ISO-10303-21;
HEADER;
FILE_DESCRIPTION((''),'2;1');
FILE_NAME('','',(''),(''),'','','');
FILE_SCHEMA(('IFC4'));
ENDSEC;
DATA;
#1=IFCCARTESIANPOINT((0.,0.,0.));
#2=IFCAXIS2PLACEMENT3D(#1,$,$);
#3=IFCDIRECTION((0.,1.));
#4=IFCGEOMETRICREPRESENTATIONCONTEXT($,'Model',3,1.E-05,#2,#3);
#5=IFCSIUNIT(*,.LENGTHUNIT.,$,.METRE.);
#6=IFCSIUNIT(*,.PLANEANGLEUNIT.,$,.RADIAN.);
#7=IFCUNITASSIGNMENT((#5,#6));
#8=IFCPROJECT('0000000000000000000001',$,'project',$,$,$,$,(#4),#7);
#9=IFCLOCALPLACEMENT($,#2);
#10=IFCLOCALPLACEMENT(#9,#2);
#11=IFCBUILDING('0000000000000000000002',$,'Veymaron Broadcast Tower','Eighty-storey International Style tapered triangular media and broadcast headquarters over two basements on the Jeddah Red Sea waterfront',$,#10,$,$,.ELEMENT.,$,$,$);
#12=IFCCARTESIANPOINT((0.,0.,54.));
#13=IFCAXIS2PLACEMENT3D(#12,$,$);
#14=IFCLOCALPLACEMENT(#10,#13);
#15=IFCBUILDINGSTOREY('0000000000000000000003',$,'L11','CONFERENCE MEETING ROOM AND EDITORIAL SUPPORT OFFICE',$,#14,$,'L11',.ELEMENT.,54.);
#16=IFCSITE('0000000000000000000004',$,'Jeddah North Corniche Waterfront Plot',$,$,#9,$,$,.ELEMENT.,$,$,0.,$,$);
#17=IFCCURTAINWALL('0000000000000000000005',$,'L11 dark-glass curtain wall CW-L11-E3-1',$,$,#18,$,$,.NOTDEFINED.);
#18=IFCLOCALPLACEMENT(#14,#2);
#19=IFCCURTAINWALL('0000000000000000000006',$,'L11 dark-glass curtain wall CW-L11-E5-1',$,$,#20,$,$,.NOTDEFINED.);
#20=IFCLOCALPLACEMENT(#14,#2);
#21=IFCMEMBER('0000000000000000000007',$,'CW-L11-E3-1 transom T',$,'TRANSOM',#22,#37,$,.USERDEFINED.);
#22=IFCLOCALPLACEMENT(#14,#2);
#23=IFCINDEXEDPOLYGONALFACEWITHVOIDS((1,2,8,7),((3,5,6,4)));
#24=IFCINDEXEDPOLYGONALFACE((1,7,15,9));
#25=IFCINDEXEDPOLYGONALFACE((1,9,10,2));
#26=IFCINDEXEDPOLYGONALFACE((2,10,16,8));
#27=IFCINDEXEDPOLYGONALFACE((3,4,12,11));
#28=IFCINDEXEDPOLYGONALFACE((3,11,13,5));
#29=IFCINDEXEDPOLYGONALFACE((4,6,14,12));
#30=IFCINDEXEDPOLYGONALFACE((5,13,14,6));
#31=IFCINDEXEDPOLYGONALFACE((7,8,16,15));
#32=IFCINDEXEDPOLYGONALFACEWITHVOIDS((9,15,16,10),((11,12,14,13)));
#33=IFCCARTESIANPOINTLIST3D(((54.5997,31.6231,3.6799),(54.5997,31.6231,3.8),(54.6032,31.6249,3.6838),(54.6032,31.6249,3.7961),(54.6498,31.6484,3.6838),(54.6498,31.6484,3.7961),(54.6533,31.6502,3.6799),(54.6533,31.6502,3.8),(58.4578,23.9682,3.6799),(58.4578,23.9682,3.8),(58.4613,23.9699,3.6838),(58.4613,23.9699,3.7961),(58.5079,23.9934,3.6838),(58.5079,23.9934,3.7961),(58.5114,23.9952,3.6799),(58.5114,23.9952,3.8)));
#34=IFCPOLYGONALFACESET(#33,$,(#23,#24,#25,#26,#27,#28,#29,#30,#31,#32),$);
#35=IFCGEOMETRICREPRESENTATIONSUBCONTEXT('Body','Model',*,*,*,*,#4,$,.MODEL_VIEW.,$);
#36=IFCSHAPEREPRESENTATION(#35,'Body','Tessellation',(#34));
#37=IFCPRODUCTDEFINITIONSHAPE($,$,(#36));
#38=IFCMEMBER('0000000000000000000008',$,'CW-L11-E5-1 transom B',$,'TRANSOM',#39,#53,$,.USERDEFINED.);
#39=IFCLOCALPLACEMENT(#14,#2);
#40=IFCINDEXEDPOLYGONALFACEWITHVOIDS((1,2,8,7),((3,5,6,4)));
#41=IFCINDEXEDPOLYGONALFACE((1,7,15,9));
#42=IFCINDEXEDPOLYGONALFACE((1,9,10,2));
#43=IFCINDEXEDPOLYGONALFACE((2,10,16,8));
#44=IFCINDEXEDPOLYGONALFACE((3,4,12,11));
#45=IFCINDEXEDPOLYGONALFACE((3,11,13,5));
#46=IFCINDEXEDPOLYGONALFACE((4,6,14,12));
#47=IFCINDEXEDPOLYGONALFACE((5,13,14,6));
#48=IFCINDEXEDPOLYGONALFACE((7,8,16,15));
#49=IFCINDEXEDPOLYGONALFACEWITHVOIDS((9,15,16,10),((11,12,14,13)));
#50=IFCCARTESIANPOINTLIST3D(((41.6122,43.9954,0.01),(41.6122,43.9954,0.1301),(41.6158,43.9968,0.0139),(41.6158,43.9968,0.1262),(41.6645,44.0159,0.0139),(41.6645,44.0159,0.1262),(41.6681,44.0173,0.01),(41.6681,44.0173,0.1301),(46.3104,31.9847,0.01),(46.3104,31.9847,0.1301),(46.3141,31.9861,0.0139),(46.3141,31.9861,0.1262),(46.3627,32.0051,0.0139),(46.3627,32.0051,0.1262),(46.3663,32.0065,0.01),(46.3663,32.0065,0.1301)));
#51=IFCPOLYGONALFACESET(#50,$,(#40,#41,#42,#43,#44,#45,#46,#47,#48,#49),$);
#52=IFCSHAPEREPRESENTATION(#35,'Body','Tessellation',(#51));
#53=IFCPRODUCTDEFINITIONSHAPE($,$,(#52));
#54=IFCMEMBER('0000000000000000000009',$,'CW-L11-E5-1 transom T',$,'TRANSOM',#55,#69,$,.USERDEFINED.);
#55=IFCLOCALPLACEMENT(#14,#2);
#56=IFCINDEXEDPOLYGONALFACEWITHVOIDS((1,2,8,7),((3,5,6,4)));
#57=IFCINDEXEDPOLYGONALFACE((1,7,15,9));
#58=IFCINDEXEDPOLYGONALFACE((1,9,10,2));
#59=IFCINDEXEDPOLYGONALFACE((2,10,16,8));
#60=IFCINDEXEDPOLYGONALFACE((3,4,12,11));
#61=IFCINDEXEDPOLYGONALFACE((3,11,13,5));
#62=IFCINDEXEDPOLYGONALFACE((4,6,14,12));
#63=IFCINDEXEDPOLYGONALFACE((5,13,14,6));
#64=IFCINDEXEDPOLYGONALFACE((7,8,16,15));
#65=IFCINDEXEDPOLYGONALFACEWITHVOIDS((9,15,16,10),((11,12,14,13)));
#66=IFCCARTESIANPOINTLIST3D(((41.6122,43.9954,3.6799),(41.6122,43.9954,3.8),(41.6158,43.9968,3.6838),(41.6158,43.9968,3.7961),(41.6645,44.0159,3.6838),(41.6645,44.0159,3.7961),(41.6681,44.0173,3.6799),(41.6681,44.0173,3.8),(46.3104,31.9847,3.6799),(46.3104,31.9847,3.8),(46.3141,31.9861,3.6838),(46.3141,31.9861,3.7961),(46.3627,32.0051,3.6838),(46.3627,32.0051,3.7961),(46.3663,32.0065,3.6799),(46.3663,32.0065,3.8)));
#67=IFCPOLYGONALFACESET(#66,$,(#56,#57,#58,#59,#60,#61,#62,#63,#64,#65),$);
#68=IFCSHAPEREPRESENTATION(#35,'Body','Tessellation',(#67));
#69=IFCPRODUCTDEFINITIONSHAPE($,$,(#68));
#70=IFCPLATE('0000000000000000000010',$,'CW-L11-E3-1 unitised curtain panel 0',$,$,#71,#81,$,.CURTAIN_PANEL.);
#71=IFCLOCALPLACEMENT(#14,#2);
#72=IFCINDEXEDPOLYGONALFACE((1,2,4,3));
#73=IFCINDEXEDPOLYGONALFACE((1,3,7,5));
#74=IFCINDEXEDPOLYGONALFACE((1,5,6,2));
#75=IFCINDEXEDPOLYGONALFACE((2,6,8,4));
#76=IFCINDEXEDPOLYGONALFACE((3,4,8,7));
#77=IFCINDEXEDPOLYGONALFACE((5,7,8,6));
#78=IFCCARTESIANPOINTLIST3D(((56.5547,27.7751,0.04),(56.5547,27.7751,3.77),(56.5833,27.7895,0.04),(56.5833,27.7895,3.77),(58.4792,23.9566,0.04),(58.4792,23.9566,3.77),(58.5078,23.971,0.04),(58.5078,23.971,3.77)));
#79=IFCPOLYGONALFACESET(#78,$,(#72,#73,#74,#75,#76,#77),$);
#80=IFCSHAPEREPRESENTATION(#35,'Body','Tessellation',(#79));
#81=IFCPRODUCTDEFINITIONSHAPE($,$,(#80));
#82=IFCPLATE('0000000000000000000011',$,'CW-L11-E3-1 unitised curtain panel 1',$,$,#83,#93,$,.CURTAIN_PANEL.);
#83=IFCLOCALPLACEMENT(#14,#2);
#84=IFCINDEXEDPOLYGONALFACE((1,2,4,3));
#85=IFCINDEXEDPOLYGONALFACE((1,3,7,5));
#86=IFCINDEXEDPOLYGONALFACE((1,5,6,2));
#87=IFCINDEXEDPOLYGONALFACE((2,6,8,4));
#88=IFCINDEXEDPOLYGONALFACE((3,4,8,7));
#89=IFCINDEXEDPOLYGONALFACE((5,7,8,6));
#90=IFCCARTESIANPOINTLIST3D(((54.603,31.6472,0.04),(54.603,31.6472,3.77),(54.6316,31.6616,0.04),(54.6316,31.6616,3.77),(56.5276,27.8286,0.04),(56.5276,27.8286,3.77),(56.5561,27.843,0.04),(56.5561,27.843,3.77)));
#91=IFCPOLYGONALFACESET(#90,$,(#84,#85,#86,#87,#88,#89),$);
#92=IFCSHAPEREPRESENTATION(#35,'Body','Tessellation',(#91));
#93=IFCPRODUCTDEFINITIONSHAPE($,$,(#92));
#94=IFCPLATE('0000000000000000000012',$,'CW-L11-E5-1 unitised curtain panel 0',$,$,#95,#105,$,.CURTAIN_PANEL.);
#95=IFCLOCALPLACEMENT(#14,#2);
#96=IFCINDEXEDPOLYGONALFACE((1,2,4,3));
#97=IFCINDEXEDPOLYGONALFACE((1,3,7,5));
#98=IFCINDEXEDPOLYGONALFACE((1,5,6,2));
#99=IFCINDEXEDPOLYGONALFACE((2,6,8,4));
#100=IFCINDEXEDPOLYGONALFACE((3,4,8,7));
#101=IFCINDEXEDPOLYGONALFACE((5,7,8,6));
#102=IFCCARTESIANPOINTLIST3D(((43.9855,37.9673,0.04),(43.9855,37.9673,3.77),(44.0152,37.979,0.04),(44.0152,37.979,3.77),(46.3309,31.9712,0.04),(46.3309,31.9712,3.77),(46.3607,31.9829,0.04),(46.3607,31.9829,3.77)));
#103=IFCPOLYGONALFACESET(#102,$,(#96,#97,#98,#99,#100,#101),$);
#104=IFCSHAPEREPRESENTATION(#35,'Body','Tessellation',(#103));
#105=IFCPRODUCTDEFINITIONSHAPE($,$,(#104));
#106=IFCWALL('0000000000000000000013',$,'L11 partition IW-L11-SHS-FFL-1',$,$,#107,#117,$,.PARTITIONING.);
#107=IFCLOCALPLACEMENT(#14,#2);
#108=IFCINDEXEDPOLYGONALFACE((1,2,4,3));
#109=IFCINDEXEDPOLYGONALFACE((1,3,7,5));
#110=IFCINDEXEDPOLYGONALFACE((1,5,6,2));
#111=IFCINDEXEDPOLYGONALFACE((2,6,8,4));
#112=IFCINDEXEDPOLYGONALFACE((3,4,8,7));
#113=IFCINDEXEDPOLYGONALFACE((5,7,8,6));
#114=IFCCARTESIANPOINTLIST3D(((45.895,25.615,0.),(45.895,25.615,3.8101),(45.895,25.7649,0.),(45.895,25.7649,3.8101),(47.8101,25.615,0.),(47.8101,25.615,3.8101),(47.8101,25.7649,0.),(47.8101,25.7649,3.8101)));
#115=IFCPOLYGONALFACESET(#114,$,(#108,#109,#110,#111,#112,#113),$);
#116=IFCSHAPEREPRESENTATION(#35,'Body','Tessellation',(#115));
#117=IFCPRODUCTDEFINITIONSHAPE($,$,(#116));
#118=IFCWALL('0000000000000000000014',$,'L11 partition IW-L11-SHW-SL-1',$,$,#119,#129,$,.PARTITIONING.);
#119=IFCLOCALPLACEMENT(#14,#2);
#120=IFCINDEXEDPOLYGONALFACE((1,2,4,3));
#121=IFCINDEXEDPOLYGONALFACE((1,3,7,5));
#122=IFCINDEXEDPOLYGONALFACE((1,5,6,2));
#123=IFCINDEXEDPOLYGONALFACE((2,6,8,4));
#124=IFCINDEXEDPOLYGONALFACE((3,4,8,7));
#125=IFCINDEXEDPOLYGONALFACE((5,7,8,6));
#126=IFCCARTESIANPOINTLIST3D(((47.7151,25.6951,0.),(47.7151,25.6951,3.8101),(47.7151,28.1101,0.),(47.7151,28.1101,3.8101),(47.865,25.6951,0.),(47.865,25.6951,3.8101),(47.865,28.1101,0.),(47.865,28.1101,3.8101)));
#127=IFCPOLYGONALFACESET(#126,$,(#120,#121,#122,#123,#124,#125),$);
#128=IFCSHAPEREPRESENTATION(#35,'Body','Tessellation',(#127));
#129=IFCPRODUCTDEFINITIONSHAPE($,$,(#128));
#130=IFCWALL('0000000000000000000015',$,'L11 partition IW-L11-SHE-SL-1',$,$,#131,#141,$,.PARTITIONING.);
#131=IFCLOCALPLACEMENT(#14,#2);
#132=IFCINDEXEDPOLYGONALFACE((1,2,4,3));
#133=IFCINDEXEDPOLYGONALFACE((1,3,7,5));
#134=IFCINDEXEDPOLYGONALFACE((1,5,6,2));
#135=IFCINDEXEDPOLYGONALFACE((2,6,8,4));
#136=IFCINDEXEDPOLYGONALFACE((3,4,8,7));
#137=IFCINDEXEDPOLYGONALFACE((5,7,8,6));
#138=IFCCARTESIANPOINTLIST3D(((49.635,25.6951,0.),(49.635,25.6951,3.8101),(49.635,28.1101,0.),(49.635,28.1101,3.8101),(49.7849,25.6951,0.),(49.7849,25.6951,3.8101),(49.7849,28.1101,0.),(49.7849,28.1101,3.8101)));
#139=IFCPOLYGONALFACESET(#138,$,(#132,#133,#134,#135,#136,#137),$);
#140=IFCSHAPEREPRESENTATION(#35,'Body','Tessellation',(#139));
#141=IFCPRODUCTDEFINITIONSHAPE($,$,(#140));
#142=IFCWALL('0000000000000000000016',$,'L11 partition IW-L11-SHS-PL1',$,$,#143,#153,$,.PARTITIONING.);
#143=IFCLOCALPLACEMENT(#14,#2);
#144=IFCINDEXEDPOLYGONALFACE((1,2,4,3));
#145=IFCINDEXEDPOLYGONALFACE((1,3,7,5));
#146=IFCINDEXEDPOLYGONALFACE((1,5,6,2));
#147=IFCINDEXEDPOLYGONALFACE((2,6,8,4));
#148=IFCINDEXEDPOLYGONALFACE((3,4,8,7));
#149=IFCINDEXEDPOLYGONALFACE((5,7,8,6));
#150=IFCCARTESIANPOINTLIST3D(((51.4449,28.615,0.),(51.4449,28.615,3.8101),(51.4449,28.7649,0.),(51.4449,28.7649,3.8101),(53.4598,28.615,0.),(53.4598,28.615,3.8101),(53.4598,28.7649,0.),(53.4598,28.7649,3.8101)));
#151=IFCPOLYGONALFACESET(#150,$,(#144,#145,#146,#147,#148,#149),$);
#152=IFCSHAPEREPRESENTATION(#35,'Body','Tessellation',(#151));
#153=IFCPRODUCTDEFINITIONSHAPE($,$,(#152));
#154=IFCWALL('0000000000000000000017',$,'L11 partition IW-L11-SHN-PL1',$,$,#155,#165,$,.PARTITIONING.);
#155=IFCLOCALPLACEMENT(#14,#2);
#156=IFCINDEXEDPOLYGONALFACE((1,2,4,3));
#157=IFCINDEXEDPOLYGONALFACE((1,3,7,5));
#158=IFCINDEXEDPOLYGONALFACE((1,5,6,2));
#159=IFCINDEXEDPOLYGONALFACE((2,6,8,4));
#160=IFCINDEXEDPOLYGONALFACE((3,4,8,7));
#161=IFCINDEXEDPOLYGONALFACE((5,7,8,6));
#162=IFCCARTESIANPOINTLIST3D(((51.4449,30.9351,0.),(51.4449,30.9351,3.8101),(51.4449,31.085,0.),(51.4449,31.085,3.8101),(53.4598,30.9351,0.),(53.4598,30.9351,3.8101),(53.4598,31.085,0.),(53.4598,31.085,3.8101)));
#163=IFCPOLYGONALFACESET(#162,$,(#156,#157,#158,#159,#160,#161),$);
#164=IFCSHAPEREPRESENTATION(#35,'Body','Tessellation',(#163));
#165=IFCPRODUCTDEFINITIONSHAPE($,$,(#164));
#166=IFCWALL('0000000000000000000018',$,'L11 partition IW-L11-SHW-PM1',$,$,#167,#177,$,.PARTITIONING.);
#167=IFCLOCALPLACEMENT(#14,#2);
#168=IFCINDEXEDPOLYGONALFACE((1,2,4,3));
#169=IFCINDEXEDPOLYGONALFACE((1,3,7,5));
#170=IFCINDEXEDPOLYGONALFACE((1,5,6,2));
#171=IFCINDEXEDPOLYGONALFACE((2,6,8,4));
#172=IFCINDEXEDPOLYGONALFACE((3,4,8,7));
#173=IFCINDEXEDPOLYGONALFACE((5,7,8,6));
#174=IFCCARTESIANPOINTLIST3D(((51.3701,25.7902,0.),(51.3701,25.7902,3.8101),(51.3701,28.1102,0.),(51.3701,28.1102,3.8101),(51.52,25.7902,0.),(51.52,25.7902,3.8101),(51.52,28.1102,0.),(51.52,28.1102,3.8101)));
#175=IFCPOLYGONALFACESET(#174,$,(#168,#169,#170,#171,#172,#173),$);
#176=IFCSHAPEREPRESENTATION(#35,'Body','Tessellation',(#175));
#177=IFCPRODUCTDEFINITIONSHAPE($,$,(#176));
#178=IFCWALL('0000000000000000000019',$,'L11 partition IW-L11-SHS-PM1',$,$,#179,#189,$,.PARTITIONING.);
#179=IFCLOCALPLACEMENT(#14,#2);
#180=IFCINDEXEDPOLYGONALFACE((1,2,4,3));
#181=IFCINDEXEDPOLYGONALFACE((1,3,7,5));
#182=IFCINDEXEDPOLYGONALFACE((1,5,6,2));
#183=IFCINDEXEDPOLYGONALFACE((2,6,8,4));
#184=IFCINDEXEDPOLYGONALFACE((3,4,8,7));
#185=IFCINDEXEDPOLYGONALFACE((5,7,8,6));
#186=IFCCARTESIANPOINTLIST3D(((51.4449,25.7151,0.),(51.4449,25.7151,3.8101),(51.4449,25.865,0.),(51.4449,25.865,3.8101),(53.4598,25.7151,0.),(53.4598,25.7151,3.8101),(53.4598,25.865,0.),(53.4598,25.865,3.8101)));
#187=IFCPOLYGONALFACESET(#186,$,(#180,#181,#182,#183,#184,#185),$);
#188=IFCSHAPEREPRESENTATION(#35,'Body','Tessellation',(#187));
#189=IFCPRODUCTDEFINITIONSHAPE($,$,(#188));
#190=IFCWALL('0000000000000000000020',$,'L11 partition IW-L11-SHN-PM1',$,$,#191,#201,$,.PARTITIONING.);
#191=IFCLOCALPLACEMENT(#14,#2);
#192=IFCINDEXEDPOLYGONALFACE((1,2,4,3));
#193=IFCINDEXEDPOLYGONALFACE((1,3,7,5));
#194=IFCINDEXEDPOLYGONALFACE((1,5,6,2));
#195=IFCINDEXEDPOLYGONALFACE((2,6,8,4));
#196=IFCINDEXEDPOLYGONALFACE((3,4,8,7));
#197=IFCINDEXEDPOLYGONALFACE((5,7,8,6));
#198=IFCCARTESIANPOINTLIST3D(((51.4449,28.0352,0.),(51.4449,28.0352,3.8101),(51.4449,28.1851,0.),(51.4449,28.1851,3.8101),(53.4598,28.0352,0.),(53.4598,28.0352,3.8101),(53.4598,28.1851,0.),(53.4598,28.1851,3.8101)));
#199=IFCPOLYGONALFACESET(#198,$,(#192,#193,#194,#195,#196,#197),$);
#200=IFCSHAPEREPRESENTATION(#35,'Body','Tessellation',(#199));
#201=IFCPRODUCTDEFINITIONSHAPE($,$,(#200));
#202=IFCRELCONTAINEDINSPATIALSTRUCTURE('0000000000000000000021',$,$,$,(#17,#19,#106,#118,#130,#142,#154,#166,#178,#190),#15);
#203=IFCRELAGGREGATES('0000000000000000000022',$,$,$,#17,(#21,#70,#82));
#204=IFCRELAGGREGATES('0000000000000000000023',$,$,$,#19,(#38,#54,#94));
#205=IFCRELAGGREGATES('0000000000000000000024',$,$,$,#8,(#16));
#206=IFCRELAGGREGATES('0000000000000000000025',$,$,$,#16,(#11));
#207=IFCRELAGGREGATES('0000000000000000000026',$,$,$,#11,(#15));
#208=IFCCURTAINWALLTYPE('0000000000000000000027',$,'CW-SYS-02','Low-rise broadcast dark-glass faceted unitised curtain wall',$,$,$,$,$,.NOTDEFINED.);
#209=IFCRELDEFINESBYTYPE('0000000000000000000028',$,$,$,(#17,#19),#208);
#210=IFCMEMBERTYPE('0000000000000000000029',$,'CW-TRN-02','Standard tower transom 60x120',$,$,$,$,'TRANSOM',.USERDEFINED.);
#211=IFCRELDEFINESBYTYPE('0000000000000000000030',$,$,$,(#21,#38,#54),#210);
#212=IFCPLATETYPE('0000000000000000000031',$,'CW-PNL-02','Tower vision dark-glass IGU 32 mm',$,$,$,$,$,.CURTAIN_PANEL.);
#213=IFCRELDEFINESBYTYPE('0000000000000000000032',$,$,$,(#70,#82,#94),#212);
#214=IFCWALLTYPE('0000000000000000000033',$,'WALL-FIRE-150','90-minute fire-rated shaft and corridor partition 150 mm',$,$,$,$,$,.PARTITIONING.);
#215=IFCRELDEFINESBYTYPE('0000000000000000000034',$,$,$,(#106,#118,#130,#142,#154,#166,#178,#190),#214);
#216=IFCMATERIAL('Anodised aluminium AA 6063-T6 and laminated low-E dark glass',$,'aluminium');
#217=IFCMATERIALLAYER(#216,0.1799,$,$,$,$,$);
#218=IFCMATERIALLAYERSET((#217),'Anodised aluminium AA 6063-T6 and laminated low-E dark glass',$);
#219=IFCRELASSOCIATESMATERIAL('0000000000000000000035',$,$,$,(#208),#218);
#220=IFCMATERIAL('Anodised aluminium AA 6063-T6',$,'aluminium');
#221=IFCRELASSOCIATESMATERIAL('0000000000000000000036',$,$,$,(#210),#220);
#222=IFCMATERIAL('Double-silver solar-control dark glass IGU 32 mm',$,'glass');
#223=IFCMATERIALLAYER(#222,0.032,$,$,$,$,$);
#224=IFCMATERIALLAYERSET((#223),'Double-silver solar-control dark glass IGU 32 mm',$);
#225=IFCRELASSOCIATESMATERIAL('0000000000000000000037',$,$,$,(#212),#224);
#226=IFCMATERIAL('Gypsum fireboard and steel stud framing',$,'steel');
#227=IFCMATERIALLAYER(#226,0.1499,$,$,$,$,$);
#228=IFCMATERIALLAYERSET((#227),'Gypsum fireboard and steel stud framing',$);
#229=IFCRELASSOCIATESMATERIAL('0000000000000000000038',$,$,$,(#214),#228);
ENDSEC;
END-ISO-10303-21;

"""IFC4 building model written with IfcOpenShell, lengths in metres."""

from ifc_helpers import new_model, si_unit, direction, frame, frame_2d, origin, origin_2d, place, context, subcontext, project, spatial, rectangle, hollow_rectangle, extrude, material, layer, layer_set, material_profile, profile_set, type_object, element, aggregate, save


model = new_model("IFC4")

# Units and contexts
model_context = context("Model", 3, precision=1e-05, world=origin(), true_north=direction((0.0, 1.0)))
body_context = subcontext(model_context, "Body", "Model", "MODEL_VIEW")
ifc_project = project(units=[si_unit("LENGTHUNIT", "METRE"), si_unit("PLANEANGLEUNIT", "RADIAN")], contexts=[model_context])

# Site, building, storey
site_placement = place(None, origin())
site = spatial("IfcSite", under=ifc_project, at=site_placement, Name="Jeddah North Corniche Waterfront Plot", CompositionType="ELEMENT", RefElevation=0.0)
building_placement = place(site_placement, origin())
building = spatial("IfcBuilding", under=site, at=building_placement, Name="Veymaron Broadcast Tower", Description="Eighty-storey International Style tapered triangular media and broadcast headquarters over two basements on the Jeddah Red Sea waterfront", CompositionType="ELEMENT")
storey_placement = place(building_placement, frame((0.0, 0.0, 54.0)))
storey = spatial("IfcBuildingStorey", under=building, at=storey_placement, Name="L11", Description="CONFERENCE MEETING ROOM AND EDITORIAL SUPPORT OFFICE", LongName="L11", CompositionType="ELEMENT", Elevation=54.0)

# Shared definitions
ifc_material_1 = material(Name="Anodised aluminium AA 6063-T6 and laminated low-E dark glass", Category="aluminium")
ifc_layer_1 = layer(ifc_material_1, 0.1799)
ifc_layer_set_1 = layer_set([ifc_layer_1], Name="Anodised aluminium AA 6063-T6 and laminated low-E dark glass")
curtain_wall_type = type_object("IfcCurtainWallType", Name="CW-SYS-02", Description="Low-rise broadcast dark-glass faceted unitised curtain wall", PredefinedType="NOTDEFINED", material=ifc_layer_set_1)
ifc_material_2 = material(Name="Anodised aluminium AA 6063-T6", Category="aluminium")

# Curtain wall
curtain_wall_1_placement = place(storey_placement, origin())
curtain_wall_1 = element("IfcCurtainWall", 1, at=curtain_wall_1_placement, inside=storey, type_object=curtain_wall_type, Name="L11 dark-glass curtain wall CW-L11-E3-1", PredefinedType="NOTDEFINED")

# Curtain wall
curtain_wall_2_placement = place(storey_placement, origin())
curtain_wall_2 = element("IfcCurtainWall", 2, at=curtain_wall_2_placement, inside=storey, type_object=curtain_wall_type, Name="L11 dark-glass curtain wall CW-L11-E5-1", PredefinedType="NOTDEFINED")

# Members
ifc_material_profile_1 = material_profile(ifc_material_2, hollow_rectangle(XDim=0.0601, YDim=0.1201, WallThickness=0.0039, at=origin_2d()), Name="AL120X60X4")
ifc_profile_set_1 = profile_set([ifc_material_profile_1], Name="Anodised aluminium AA 6063-T6")
member_type_1 = type_object("IfcMemberType", Name="CW-TRN-02", Description="Standard tower transom 60x120", ElementType="TRANSOM", PredefinedType="USERDEFINED", material=ifc_profile_set_1)
member_1_placement = place(storey_placement, frame((58.4846, 23.9817, 3.74), z_axis=(-0.450071, 0.892993, 0.0), x_axis=(-0.892993, -0.450071, 0.0)))
member_1 = element("IfcMember", 3, at=member_1_placement, type_object=member_type_1, Name="CW-L11-E3-1 transom T", ObjectType="TRANSOM", PredefinedType="USERDEFINED", context=body_context, shape_type="SweptSolid", body=[
    extrude(hollow_rectangle(XDim=0.0601, YDim=0.1201, WallThickness=0.0039, at=origin_2d()), origin(), (0.0, 0.0, 1.0), 8.5723),
])
member_2_placement = place(storey_placement, frame((46.3384, 31.9956, 0.0701), z_axis=(-0.364291, 0.931285, 0.0), x_axis=(-0.931285, -0.364291, 0.0)))
member_2 = element("IfcMember", 4, at=member_2_placement, type_object=member_type_1, Name="CW-L11-E5-1 transom B", ObjectType="TRANSOM", PredefinedType="USERDEFINED", context=body_context, shape_type="SweptSolid", body=[
    extrude(hollow_rectangle(XDim=0.0601, YDim=0.1201, WallThickness=0.0039, at=origin_2d()), origin(), (0.0, 0.0, 1.0), 12.897),
])
member_3_placement = place(storey_placement, frame((46.3384, 31.9956, 3.74), z_axis=(-0.364291, 0.931285, 0.0), x_axis=(-0.931285, -0.364291, 0.0)))
member_3 = element("IfcMember", 5, at=member_3_placement, type_object=member_type_1, Name="CW-L11-E5-1 transom T", ObjectType="TRANSOM", PredefinedType="USERDEFINED", context=body_context, shape_type="SweptSolid", body=[
    extrude(hollow_rectangle(XDim=0.0601, YDim=0.1201, WallThickness=0.0039, at=origin_2d()), origin(), (0.0, 0.0, 1.0), 12.897),
])

# Plates
ifc_material_3 = material(Name="Double-silver solar-control dark glass IGU 32 mm", Category="glass")
ifc_layer_2 = layer(ifc_material_3, 0.032)
ifc_layer_set_2 = layer_set([ifc_layer_2], Name="Double-silver solar-control dark glass IGU 32 mm")
plate_type = type_object("IfcPlateType", Name="CW-PNL-02", Description="Tower vision dark-glass IGU 32 mm", PredefinedType="CURTAIN_PANEL", material=ifc_layer_set_2)
plate_1_placement = place(storey_placement, frame((57.5312, 25.873, 0.04), z_axis=(0.0, 0.0, 1.0), x_axis=(-0.450067, 0.892995, 0.0)))
plate_1 = element("IfcPlate", 6, at=plate_1_placement, type_object=plate_type, Name="CW-L11-E3-1 unitised curtain panel 0", PredefinedType="CURTAIN_PANEL", context=body_context, shape_type="SweptSolid", body=[
    extrude(rectangle(XDim=4.2761, YDim=0.032, at=origin_2d()), origin(), (0.0, 0.0, 1.0), 3.73),
])
plate_2_placement = place(storey_placement, frame((55.5796, 29.7451, 0.04), z_axis=(0.0, 0.0, 1.0), x_axis=(-0.450067, 0.892995, 0.0)))
plate_2 = element("IfcPlate", 7, at=plate_2_placement, type_object=plate_type, Name="CW-L11-E3-1 unitised curtain panel 1", PredefinedType="CURTAIN_PANEL", context=body_context, shape_type="SweptSolid", body=[
    extrude(rectangle(XDim=4.2761, YDim=0.032, at=origin_2d()), origin(), (0.0, 0.0, 1.0), 3.73),
])
aggregate(curtain_wall_1, [member_1, plate_1, plate_2])
plate_3_placement = place(storey_placement, frame((45.1731, 34.9751, 0.04), z_axis=(0.0, 0.0, 1.0), x_axis=(-0.364292, 0.931285, 0.0)))
plate_3 = element("IfcPlate", 8, at=plate_3_placement, type_object=plate_type, Name="CW-L11-E5-1 unitised curtain panel 0", PredefinedType="CURTAIN_PANEL", context=body_context, shape_type="SweptSolid", body=[
    extrude(rectangle(XDim=6.4385, YDim=0.032, at=origin_2d()), origin(), (0.0, 0.0, 1.0), 3.73),
])
aggregate(curtain_wall_2, [member_2, member_3, plate_3])

# Shared definitions
ifc_material_4 = material(Name="Gypsum fireboard and steel stud framing", Category="steel")
ifc_layer_3 = layer(ifc_material_4, 0.1499)
ifc_layer_set_3 = layer_set([ifc_layer_3], Name="Gypsum fireboard and steel stud framing")
wall_type_1 = type_object("IfcWallType", Name="WALL-FIRE-150", Description="90-minute fire-rated shaft and corridor partition 150 mm", PredefinedType="PARTITIONING", material=ifc_layer_set_3)

# Wall
wall_1_placement = place(storey_placement, frame((45.895, 25.6899, 0.0), z_axis=(0.0, 0.0, 1.0), x_axis=(1.0, 0.0, 0.0)))
element("IfcWall", 9, at=wall_1_placement, inside=storey, type_object=wall_type_1, Name="L11 partition IW-L11-SHS-FFL-1", PredefinedType="PARTITIONING", context=body_context, shape_type="SweptSolid", body=[
    extrude(rectangle(XDim=1.915, YDim=0.1499, at=frame_2d((0.9575, 0.0))), origin(), (0.0, 0.0, 1.0), 3.8101),
])

# Walls
for number, where, z_axis, x_axis, name in (
    (10, (47.79, 25.6951, 0.0), (0.0, 0.0, 1.0), (0.0, 1.0, 0.0), "L11 partition IW-L11-SHW-SL-1"),
    (11, (49.71, 25.6951, 0.0), (0.0, 0.0, 1.0), (0.0, 1.0, 0.0), "L11 partition IW-L11-SHE-SL-1"),
):
    element("IfcWall", number, at=place(storey_placement, frame(where, z_axis=z_axis, x_axis=x_axis)), inside=storey, type_object=wall_type_1, Name=name, PredefinedType="PARTITIONING", context=body_context, shape_type="SweptSolid", body=[
        extrude(rectangle(XDim=2.415, YDim=0.1499, at=frame_2d((1.2075, 0.0))), origin(), (0.0, 0.0, 1.0), 3.8101),
    ])

# Walls
for number, where, z_axis, x_axis, name in (
    (12, (51.4451, 28.6899, 0.0), (0.0, 0.0, 1.0), (1.0, 0.0, 0.0), "L11 partition IW-L11-SHS-PL1"),
    (13, (51.4451, 31.01, 0.0), (0.0, 0.0, 1.0), (1.0, 0.0, 0.0), "L11 partition IW-L11-SHN-PL1"),
):
    element("IfcWall", number, at=place(storey_placement, frame(where, z_axis=z_axis, x_axis=x_axis)), inside=storey, type_object=wall_type_1, Name=name, PredefinedType="PARTITIONING", context=body_context, shape_type="SweptSolid", body=[
        extrude(rectangle(XDim=2.0149, YDim=0.1499, at=frame_2d((1.0073, 0.0))), origin(), (0.0, 0.0, 1.0), 3.8101),
    ])
wall_2_placement = place(storey_placement, frame((51.4451, 25.79, 0.0), z_axis=(0.0, 0.0, 1.0), x_axis=(0.0, 1.0, 0.0)))
element("IfcWall", 14, at=wall_2_placement, inside=storey, type_object=wall_type_1, Name="L11 partition IW-L11-SHW-PM1", PredefinedType="PARTITIONING", context=body_context, shape_type="SweptSolid", body=[
    extrude(rectangle(XDim=2.3201, YDim=0.1499, at=frame_2d((1.1602, 0.0))), origin(), (0.0, 0.0, 1.0), 3.8101),
])
for number, where, z_axis, x_axis, name in (
    (15, (51.4451, 25.79, 0.0), (0.0, 0.0, 1.0), (1.0, 0.0, 0.0), "L11 partition IW-L11-SHS-PM1"),
    (16, (51.4451, 28.1101, 0.0), (0.0, 0.0, 1.0), (1.0, 0.0, 0.0), "L11 partition IW-L11-SHN-PM1"),
):
    element("IfcWall", number, at=place(storey_placement, frame(where, z_axis=z_axis, x_axis=x_axis)), inside=storey, type_object=wall_type_1, Name=name, PredefinedType="PARTITIONING", context=body_context, shape_type="SweptSolid", body=[
        extrude(rectangle(XDim=2.0149, YDim=0.1499, at=frame_2d((1.0073, 0.0))), origin(), (0.0, 0.0, 1.0), 3.8101),
    ])

save(model, "model.ifc")
